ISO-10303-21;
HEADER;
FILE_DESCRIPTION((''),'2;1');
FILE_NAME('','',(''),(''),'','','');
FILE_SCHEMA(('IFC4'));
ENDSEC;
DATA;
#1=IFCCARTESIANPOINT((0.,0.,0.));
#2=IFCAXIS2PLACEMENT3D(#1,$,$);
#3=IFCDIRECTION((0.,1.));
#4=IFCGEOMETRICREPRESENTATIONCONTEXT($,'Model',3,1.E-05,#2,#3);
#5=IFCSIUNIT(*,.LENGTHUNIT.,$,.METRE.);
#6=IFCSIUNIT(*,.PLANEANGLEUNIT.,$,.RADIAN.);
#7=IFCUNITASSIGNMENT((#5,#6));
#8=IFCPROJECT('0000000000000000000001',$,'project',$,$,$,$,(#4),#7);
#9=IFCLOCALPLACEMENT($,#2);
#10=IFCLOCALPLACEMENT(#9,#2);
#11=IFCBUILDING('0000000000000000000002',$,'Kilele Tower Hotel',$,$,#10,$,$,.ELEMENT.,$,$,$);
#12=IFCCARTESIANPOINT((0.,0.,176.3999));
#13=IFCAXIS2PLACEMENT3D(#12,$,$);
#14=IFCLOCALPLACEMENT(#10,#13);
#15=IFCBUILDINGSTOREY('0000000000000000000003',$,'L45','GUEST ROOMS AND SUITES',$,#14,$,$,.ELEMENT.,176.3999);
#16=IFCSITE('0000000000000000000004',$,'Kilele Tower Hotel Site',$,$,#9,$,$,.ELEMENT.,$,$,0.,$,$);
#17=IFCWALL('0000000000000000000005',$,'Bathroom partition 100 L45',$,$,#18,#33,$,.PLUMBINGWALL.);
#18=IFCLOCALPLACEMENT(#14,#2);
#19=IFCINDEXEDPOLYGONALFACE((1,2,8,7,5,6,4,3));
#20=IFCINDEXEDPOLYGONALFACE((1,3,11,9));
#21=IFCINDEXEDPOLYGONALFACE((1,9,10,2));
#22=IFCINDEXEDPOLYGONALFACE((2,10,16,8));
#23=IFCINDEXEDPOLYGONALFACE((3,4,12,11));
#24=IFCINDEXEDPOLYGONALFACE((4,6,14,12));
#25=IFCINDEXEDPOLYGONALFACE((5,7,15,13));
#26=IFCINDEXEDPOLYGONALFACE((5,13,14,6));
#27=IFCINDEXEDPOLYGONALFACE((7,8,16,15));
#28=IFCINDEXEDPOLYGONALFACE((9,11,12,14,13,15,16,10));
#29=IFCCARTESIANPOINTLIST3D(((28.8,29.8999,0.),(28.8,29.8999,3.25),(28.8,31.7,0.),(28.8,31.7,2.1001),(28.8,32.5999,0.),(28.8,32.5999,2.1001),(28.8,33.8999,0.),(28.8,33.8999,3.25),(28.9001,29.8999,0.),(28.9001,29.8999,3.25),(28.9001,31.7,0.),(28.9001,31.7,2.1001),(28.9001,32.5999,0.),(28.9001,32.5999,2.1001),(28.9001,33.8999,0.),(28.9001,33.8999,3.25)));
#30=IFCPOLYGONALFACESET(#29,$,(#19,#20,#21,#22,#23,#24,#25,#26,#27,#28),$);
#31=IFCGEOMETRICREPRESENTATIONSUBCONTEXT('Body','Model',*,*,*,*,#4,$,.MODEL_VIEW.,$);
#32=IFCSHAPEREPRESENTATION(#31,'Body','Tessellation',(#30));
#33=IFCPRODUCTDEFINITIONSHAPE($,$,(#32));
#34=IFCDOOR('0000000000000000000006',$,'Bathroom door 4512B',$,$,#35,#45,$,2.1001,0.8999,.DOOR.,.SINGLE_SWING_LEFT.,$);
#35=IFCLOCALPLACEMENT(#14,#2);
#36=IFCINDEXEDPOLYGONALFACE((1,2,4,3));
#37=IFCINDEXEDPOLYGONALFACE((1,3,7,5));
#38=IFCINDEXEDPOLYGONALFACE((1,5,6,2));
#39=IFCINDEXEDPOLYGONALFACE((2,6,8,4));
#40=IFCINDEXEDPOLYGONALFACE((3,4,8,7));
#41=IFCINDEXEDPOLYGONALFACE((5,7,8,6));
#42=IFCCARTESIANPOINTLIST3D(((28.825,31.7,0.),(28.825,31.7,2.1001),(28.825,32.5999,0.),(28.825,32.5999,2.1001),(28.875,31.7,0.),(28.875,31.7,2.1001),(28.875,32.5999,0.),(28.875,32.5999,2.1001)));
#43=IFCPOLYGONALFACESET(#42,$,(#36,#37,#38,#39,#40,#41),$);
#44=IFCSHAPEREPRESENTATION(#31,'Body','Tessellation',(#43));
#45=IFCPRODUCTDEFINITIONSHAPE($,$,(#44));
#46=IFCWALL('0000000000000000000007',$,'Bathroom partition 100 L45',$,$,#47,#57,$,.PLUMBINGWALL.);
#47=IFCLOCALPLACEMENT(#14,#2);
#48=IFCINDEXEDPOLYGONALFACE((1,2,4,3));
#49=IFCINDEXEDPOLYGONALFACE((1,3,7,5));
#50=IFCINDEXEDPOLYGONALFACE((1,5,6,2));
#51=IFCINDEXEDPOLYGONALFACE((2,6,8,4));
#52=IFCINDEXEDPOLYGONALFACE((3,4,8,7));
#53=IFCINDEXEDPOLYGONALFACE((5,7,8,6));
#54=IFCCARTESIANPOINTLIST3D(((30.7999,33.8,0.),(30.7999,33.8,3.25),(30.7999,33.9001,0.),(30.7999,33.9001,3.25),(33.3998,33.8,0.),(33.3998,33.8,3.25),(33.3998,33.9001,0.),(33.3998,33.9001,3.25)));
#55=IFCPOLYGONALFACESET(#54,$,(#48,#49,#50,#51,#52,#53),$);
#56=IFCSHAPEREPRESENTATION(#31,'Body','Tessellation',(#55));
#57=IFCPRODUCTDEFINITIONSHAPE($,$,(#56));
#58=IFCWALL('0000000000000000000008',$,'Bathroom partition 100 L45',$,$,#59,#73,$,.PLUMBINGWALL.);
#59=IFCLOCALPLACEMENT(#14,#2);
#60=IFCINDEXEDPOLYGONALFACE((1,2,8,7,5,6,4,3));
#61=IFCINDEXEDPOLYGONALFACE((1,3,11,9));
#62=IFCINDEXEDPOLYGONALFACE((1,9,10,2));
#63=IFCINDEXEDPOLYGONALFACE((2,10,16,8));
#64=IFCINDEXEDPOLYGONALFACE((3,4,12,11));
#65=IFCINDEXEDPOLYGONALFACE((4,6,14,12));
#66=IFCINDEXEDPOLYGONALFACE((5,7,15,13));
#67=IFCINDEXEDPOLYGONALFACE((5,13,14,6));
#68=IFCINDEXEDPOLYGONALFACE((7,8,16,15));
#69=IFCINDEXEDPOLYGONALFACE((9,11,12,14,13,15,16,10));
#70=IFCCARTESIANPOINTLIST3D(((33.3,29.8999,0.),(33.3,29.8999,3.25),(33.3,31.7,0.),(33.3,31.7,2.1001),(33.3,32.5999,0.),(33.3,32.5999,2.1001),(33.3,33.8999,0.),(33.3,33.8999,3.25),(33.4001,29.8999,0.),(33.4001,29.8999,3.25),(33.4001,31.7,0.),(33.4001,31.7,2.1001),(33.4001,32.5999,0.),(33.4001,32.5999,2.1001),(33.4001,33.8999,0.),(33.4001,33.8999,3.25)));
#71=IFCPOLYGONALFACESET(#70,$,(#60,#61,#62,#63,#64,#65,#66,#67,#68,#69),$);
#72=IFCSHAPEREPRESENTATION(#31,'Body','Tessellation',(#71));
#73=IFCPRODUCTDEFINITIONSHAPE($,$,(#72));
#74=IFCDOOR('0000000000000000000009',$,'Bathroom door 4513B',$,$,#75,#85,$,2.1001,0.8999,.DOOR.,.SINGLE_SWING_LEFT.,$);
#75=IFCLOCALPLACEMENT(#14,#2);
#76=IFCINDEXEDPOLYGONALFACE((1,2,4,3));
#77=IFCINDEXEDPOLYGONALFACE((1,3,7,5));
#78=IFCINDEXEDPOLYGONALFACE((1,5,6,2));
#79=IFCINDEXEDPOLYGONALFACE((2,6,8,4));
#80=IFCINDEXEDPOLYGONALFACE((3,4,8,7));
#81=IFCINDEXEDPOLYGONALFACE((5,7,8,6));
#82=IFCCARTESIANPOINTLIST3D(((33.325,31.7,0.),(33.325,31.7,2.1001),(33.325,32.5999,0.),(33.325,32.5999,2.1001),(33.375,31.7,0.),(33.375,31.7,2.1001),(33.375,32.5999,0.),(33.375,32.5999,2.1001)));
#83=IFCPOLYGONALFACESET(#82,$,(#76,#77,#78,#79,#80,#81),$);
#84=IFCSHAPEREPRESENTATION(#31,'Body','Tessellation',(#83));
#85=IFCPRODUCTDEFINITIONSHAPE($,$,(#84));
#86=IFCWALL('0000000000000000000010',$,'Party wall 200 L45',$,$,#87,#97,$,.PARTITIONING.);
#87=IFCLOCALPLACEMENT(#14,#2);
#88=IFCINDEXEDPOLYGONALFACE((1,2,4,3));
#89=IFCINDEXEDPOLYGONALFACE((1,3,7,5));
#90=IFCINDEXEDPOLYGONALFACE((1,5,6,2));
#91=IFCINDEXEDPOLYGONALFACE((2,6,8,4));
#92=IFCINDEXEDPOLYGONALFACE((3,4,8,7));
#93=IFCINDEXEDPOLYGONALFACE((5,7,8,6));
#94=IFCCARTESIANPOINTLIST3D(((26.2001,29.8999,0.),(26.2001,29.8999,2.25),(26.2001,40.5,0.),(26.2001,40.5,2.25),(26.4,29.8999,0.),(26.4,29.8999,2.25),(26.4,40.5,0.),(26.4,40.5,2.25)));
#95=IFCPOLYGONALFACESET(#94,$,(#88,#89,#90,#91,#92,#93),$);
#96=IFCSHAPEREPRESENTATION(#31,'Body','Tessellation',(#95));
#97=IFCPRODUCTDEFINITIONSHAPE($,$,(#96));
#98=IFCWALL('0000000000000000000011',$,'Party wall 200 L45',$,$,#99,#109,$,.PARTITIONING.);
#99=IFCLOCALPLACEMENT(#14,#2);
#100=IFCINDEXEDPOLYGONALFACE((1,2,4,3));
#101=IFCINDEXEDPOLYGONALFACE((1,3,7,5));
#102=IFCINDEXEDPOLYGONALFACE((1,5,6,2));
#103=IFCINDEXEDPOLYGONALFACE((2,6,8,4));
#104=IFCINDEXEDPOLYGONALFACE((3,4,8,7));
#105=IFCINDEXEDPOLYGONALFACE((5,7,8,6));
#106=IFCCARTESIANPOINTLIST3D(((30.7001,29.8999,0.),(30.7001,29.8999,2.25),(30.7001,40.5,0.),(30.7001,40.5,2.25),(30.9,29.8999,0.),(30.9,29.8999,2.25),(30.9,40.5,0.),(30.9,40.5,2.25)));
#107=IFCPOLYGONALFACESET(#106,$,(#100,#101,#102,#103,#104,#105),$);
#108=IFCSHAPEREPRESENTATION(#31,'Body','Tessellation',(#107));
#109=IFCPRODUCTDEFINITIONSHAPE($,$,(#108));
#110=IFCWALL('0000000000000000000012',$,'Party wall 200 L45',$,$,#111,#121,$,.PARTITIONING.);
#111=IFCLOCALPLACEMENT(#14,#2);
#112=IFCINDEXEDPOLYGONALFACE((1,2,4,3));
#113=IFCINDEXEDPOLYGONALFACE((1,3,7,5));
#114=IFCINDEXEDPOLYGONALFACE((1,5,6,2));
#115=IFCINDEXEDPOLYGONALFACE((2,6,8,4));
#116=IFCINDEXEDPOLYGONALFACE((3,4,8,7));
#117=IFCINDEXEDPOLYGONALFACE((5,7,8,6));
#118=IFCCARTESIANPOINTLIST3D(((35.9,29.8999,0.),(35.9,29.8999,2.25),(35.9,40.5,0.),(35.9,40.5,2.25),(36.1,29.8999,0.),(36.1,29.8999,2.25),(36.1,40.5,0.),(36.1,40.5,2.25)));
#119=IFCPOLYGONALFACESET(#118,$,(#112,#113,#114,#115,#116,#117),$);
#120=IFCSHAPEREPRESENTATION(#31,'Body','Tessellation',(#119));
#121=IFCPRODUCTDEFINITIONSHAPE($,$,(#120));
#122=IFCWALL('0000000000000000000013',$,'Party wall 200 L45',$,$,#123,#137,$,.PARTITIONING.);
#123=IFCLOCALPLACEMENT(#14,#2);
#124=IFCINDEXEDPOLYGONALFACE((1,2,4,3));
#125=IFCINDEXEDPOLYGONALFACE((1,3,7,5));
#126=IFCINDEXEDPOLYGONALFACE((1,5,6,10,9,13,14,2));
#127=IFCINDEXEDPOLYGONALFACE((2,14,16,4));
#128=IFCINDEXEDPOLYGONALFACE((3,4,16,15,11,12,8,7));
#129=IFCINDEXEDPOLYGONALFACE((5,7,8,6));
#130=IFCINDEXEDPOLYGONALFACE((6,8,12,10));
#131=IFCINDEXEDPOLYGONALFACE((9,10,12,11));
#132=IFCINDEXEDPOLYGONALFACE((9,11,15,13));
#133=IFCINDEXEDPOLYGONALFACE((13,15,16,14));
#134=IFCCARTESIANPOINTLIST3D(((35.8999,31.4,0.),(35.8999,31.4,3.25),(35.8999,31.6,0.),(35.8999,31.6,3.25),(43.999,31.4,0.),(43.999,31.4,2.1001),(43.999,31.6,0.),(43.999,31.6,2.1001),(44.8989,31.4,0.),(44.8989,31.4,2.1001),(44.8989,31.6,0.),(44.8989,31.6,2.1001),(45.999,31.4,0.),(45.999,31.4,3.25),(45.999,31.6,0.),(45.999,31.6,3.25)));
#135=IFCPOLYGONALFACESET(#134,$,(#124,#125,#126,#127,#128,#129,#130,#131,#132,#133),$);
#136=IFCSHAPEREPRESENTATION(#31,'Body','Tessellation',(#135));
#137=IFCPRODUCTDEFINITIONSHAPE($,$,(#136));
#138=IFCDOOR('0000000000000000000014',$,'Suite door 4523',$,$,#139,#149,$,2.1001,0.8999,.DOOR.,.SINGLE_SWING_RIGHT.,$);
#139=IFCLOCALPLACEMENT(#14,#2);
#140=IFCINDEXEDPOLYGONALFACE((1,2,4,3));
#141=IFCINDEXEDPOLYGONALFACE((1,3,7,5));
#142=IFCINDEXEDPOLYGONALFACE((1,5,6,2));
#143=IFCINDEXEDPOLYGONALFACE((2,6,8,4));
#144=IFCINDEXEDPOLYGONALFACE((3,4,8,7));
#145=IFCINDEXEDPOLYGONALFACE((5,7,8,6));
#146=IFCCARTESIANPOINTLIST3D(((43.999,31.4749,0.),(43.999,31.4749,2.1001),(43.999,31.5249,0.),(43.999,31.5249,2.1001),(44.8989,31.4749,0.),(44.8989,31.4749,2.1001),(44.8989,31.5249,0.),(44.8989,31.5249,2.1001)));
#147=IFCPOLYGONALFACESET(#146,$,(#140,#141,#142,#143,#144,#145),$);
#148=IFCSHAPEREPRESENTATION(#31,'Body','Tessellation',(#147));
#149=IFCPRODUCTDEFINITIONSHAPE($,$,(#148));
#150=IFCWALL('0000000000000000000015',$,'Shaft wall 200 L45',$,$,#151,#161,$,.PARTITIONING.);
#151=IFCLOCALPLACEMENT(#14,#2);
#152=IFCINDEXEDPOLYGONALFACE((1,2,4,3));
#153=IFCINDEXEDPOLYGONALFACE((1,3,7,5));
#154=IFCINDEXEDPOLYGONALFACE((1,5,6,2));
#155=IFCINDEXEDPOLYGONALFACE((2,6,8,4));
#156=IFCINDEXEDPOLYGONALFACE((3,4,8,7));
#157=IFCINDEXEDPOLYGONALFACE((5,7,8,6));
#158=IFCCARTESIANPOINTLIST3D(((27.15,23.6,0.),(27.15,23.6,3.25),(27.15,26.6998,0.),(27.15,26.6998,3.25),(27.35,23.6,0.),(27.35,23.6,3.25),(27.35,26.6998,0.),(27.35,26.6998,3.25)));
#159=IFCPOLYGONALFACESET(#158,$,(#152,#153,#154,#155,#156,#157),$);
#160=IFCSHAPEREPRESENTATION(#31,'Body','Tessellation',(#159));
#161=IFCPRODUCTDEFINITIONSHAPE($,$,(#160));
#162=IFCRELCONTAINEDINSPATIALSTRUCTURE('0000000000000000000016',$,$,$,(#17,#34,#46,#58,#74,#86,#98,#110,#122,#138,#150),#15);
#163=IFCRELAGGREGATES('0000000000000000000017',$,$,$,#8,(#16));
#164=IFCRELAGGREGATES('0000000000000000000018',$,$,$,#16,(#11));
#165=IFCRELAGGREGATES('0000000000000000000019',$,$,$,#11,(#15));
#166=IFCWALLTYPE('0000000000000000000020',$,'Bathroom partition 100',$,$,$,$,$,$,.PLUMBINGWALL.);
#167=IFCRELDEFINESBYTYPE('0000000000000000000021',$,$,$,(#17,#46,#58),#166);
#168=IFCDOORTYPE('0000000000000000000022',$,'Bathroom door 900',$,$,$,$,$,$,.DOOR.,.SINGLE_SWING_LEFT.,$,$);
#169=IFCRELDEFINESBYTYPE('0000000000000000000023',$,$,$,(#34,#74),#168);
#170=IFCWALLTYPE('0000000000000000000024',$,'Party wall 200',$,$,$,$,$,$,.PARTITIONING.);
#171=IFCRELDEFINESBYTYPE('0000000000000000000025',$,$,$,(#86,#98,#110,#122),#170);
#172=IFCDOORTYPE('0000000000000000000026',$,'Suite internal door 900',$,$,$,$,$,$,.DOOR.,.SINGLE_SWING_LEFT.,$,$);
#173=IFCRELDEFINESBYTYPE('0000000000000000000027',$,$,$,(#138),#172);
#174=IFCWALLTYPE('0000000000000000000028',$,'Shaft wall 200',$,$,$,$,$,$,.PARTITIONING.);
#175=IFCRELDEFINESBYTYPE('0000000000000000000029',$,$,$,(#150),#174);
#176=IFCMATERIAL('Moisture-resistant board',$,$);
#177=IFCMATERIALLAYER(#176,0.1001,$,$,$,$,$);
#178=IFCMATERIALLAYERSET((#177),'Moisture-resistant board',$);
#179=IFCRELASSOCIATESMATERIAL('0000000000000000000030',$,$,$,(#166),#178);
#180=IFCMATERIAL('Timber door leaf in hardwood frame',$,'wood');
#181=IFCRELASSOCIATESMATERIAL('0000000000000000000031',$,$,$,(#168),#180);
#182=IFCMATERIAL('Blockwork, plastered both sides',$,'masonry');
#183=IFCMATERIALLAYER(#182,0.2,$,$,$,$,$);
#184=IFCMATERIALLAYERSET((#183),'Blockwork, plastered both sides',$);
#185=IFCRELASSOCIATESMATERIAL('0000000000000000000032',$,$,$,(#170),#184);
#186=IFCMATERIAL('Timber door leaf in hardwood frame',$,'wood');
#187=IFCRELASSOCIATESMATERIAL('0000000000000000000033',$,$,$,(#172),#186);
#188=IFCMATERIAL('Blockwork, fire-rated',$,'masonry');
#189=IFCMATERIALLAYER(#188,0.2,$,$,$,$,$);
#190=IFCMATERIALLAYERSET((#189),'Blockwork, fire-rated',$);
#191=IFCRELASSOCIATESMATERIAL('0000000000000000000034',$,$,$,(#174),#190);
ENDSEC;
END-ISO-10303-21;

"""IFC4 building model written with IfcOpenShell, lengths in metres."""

from ifc_helpers import new_model, si_unit, direction, frame, frame_2d, origin, place, context, subcontext, project, spatial, rectangle, extrude, material, layer, layer_set, type_object, element, fill, save


model = new_model("IFC4")

# Units and contexts
model_context = context("Model", 3, precision=1e-05, world=origin(), true_north=direction((0.0, 1.0)))
body_context = subcontext(model_context, "Body", "Model", "MODEL_VIEW")
ifc_project = project(units=[si_unit("LENGTHUNIT", "METRE"), si_unit("PLANEANGLEUNIT", "RADIAN")], contexts=[model_context])

# Site, building, storey
site_placement = place(None, origin())
site = spatial("IfcSite", under=ifc_project, at=site_placement, Name="Kilele Tower Hotel Site", CompositionType="ELEMENT", RefElevation=0.0)
building_placement = place(site_placement, origin())
building = spatial("IfcBuilding", under=site, at=building_placement, Name="Kilele Tower Hotel", CompositionType="ELEMENT")
storey_placement = place(building_placement, frame((0.0, 0.0, 176.3999)))
storey = spatial("IfcBuildingStorey", under=building, at=storey_placement, Name="L45", Description="GUEST ROOMS AND SUITES", CompositionType="ELEMENT", Elevation=176.3999)

# Shared definitions
ifc_material_1 = material(Name="Moisture-resistant board")
ifc_layer_1 = layer(ifc_material_1, 0.1001)
ifc_layer_set_1 = layer_set([ifc_layer_1], Name="Moisture-resistant board")
wall_type_1 = type_object("IfcWallType", Name="Bathroom partition 100", PredefinedType="PLUMBINGWALL", material=ifc_layer_set_1)
ifc_material_2 = material(Name="Timber door leaf in hardwood frame", Category="wood")
door_type_1 = type_object("IfcDoorType", Name="Bathroom door 900", OperationType="SINGLE_SWING_LEFT", PredefinedType="DOOR", material=ifc_material_2)

# Wall, opening, door
wall_1_placement = place(storey_placement, frame((28.8501, 29.8999, 0.0), z_axis=(0.0, 0.0, 1.0), x_axis=(0.0, 1.0, 0.0)))
wall_1 = element("IfcWall", 1, at=wall_1_placement, inside=storey, type_object=wall_type_1, Name="Bathroom partition 100 L45", PredefinedType="PLUMBINGWALL", context=body_context, shape_type="SweptSolid", body=[
    extrude(rectangle(XDim=4.0, YDim=0.1001, at=frame_2d((2.0, 0.0))), origin(), (0.0, 0.0, 1.0), 3.25),
])
opening_1_placement = place(wall_1_placement, frame((2.7, 0.0, 0.0), z_axis=(0.0, 0.0, 1.0), x_axis=(-1.0, 0.0, 0.0)))
opening_1 = element("IfcOpeningElement", 2, at=opening_1_placement, cuts=wall_1, PredefinedType="OPENING", context=body_context, shape_type="SweptSolid", body=[
    extrude(rectangle(XDim=0.8999, YDim=2.1001, at=frame_2d((0.45, 1.05))), frame((0.0, 0.0601, 0.0), z_axis=(0.0, -1.0, 0.0), x_axis=(1.0, 0.0, 0.0)), (0.0, 0.0, 1.0), 0.1201),
])
door_1_placement = place(opening_1_placement, origin())
door_1 = element("IfcDoor", 3, at=door_1_placement, inside=storey, type_object=door_type_1, Name="Bathroom door 4512B", OperationType="SINGLE_SWING_LEFT", OverallHeight=2.1001, OverallWidth=0.8999, PredefinedType="DOOR", context=body_context, shape_type="SweptSolid", body=[
    extrude(rectangle(XDim=0.8999, YDim=2.1001, at=frame_2d((0.45, 1.05))), frame((0.0, 0.0249, 0.0), z_axis=(0.0, -1.0, 0.0), x_axis=(1.0, 0.0, 0.0)), (0.0, 0.0, 1.0), 0.05),
])
fill(opening_1, door_1)

# Wall
wall_2_placement = place(storey_placement, frame((30.8, 33.8501, 0.0), z_axis=(0.0, 0.0, 1.0), x_axis=(1.0, 0.0, 0.0)))
element("IfcWall", 4, at=wall_2_placement, inside=storey, type_object=wall_type_1, Name="Bathroom partition 100 L45", PredefinedType="PLUMBINGWALL", context=body_context, shape_type="SweptSolid", body=[
    extrude(rectangle(XDim=2.5999, YDim=0.1001, at=frame_2d((1.2998, 0.0))), origin(), (0.0, 0.0, 1.0), 3.25),
])

# Wall, opening, door
wall_3_placement = place(storey_placement, frame((33.3501, 29.8999, 0.0), z_axis=(0.0, 0.0, 1.0), x_axis=(0.0, 1.0, 0.0)))
wall_3 = element("IfcWall", 5, at=wall_3_placement, inside=storey, type_object=wall_type_1, Name="Bathroom partition 100 L45", PredefinedType="PLUMBINGWALL", context=body_context, shape_type="SweptSolid", body=[
    extrude(rectangle(XDim=4.0, YDim=0.1001, at=frame_2d((2.0, 0.0))), origin(), (0.0, 0.0, 1.0), 3.25),
])
opening_2_placement = place(wall_3_placement, frame((2.7, 0.0, 0.0), z_axis=(0.0, 0.0, 1.0), x_axis=(-1.0, 0.0, 0.0)))
opening_2 = element("IfcOpeningElement", 6, at=opening_2_placement, cuts=wall_3, PredefinedType="OPENING", context=body_context, shape_type="SweptSolid", body=[
    extrude(rectangle(XDim=0.8999, YDim=2.1001, at=frame_2d((0.45, 1.05))), frame((0.0, 0.0601, 0.0), z_axis=(0.0, -1.0, 0.0), x_axis=(1.0, 0.0, 0.0)), (0.0, 0.0, 1.0), 0.1201),
])
door_2_placement = place(opening_2_placement, origin())
door_2 = element("IfcDoor", 7, at=door_2_placement, inside=storey, type_object=door_type_1, Name="Bathroom door 4513B", OperationType="SINGLE_SWING_LEFT", OverallHeight=2.1001, OverallWidth=0.8999, PredefinedType="DOOR", context=body_context, shape_type="SweptSolid", body=[
    extrude(rectangle(XDim=0.8999, YDim=2.1001, at=frame_2d((0.45, 1.05))), frame((0.0, 0.0249, 0.0), z_axis=(0.0, -1.0, 0.0), x_axis=(1.0, 0.0, 0.0)), (0.0, 0.0, 1.0), 0.05),
])
fill(opening_2, door_2)

# Walls
ifc_material_3 = material(Name="Blockwork, plastered both sides", Category="masonry")
ifc_layer_2 = layer(ifc_material_3, 0.2)
ifc_layer_set_2 = layer_set([ifc_layer_2], Name="Blockwork, plastered both sides")
wall_type_2 = type_object("IfcWallType", Name="Party wall 200", PredefinedType="PARTITIONING", material=ifc_layer_set_2)
for number, where, z_axis, x_axis, name in (
    (8, (26.3, 29.8999, 0.0), (0.0, 0.0, 1.0), (0.0, 1.0, 0.0), "Party wall 200 L45"),
    (9, (30.8, 29.8999, 0.0), (0.0, 0.0, 1.0), (0.0, 1.0, 0.0), "Party wall 200 L45"),
    (10, (36.0, 29.8999, 0.0), (0.0, 0.0, 1.0), (0.0, 1.0, 0.0), "Party wall 200 L45"),
):
    element("IfcWall", number, at=place(storey_placement, frame(where, z_axis=z_axis, x_axis=x_axis)), inside=storey, type_object=wall_type_2, Name=name, PredefinedType="PARTITIONING", context=body_context, shape_type="SweptSolid", body=[
        extrude(rectangle(XDim=10.6001, YDim=0.2, at=frame_2d((5.3, 0.0))), origin(), (0.0, 0.0, 1.0), 2.25),
    ])

# Wall, opening, door
wall_4_placement = place(storey_placement, frame((35.8999, 31.5, 0.0), z_axis=(0.0, 0.0, 1.0), x_axis=(1.0, 0.0, 0.0)))
wall_4 = element("IfcWall", 11, at=wall_4_placement, inside=storey, type_object=wall_type_2, Name="Party wall 200 L45", PredefinedType="PARTITIONING", context=body_context, shape_type="SweptSolid", body=[
    extrude(rectangle(XDim=10.0991, YDim=0.2, at=frame_2d((5.0496, 0.0))), origin(), (0.0, 0.0, 1.0), 3.25),
])
opening_3_placement = place(wall_4_placement, frame((8.0991, 0.0, 0.0)))
opening_3 = element("IfcOpeningElement", 12, at=opening_3_placement, cuts=wall_4, PredefinedType="OPENING", context=body_context, shape_type="SweptSolid", body=[
    extrude(rectangle(XDim=0.8999, YDim=2.1001, at=frame_2d((0.45, 1.05))), frame((0.0, 0.1099, 0.0), z_axis=(0.0, -1.0, 0.0), x_axis=(1.0, 0.0, 0.0)), (0.0, 0.0, 1.0), 0.22),
])
ifc_material_4 = material(Name="Timber door leaf in hardwood frame", Category="wood")
door_type_2 = type_object("IfcDoorType", Name="Suite internal door 900", OperationType="SINGLE_SWING_LEFT", PredefinedType="DOOR", material=ifc_material_4)
door_3_placement = place(opening_3_placement, origin())
door_3 = element("IfcDoor", 13, at=door_3_placement, inside=storey, type_object=door_type_2, Name="Suite door 4523", OperationType="SINGLE_SWING_RIGHT", OverallHeight=2.1001, OverallWidth=0.8999, PredefinedType="DOOR", context=body_context, shape_type="SweptSolid", body=[
    extrude(rectangle(XDim=0.8999, YDim=2.1001, at=frame_2d((0.45, 1.05))), frame((0.0, 0.0249, 0.0), z_axis=(0.0, -1.0, 0.0), x_axis=(1.0, 0.0, 0.0)), (0.0, 0.0, 1.0), 0.05),
])
fill(opening_3, door_3)

# Wall
ifc_material_5 = material(Name="Blockwork, fire-rated", Category="masonry")
ifc_layer_3 = layer(ifc_material_5, 0.2)
ifc_layer_set_3 = layer_set([ifc_layer_3], Name="Blockwork, fire-rated")
wall_type_3 = type_object("IfcWallType", Name="Shaft wall 200", PredefinedType="PARTITIONING", material=ifc_layer_set_3)
wall_5_placement = place(storey_placement, frame((27.25, 23.6001, 0.0), z_axis=(0.0, 0.0, 1.0), x_axis=(0.0, 1.0, 0.0)))
element("IfcWall", 14, at=wall_5_placement, inside=storey, type_object=wall_type_3, Name="Shaft wall 200 L45", PredefinedType="PARTITIONING", context=body_context, shape_type="SweptSolid", body=[
    extrude(rectangle(XDim=3.0999, YDim=0.2, at=frame_2d((1.5498, 0.0))), origin(), (0.0, 0.0, 1.0), 3.25),
])

save(model, "model.ifc")
